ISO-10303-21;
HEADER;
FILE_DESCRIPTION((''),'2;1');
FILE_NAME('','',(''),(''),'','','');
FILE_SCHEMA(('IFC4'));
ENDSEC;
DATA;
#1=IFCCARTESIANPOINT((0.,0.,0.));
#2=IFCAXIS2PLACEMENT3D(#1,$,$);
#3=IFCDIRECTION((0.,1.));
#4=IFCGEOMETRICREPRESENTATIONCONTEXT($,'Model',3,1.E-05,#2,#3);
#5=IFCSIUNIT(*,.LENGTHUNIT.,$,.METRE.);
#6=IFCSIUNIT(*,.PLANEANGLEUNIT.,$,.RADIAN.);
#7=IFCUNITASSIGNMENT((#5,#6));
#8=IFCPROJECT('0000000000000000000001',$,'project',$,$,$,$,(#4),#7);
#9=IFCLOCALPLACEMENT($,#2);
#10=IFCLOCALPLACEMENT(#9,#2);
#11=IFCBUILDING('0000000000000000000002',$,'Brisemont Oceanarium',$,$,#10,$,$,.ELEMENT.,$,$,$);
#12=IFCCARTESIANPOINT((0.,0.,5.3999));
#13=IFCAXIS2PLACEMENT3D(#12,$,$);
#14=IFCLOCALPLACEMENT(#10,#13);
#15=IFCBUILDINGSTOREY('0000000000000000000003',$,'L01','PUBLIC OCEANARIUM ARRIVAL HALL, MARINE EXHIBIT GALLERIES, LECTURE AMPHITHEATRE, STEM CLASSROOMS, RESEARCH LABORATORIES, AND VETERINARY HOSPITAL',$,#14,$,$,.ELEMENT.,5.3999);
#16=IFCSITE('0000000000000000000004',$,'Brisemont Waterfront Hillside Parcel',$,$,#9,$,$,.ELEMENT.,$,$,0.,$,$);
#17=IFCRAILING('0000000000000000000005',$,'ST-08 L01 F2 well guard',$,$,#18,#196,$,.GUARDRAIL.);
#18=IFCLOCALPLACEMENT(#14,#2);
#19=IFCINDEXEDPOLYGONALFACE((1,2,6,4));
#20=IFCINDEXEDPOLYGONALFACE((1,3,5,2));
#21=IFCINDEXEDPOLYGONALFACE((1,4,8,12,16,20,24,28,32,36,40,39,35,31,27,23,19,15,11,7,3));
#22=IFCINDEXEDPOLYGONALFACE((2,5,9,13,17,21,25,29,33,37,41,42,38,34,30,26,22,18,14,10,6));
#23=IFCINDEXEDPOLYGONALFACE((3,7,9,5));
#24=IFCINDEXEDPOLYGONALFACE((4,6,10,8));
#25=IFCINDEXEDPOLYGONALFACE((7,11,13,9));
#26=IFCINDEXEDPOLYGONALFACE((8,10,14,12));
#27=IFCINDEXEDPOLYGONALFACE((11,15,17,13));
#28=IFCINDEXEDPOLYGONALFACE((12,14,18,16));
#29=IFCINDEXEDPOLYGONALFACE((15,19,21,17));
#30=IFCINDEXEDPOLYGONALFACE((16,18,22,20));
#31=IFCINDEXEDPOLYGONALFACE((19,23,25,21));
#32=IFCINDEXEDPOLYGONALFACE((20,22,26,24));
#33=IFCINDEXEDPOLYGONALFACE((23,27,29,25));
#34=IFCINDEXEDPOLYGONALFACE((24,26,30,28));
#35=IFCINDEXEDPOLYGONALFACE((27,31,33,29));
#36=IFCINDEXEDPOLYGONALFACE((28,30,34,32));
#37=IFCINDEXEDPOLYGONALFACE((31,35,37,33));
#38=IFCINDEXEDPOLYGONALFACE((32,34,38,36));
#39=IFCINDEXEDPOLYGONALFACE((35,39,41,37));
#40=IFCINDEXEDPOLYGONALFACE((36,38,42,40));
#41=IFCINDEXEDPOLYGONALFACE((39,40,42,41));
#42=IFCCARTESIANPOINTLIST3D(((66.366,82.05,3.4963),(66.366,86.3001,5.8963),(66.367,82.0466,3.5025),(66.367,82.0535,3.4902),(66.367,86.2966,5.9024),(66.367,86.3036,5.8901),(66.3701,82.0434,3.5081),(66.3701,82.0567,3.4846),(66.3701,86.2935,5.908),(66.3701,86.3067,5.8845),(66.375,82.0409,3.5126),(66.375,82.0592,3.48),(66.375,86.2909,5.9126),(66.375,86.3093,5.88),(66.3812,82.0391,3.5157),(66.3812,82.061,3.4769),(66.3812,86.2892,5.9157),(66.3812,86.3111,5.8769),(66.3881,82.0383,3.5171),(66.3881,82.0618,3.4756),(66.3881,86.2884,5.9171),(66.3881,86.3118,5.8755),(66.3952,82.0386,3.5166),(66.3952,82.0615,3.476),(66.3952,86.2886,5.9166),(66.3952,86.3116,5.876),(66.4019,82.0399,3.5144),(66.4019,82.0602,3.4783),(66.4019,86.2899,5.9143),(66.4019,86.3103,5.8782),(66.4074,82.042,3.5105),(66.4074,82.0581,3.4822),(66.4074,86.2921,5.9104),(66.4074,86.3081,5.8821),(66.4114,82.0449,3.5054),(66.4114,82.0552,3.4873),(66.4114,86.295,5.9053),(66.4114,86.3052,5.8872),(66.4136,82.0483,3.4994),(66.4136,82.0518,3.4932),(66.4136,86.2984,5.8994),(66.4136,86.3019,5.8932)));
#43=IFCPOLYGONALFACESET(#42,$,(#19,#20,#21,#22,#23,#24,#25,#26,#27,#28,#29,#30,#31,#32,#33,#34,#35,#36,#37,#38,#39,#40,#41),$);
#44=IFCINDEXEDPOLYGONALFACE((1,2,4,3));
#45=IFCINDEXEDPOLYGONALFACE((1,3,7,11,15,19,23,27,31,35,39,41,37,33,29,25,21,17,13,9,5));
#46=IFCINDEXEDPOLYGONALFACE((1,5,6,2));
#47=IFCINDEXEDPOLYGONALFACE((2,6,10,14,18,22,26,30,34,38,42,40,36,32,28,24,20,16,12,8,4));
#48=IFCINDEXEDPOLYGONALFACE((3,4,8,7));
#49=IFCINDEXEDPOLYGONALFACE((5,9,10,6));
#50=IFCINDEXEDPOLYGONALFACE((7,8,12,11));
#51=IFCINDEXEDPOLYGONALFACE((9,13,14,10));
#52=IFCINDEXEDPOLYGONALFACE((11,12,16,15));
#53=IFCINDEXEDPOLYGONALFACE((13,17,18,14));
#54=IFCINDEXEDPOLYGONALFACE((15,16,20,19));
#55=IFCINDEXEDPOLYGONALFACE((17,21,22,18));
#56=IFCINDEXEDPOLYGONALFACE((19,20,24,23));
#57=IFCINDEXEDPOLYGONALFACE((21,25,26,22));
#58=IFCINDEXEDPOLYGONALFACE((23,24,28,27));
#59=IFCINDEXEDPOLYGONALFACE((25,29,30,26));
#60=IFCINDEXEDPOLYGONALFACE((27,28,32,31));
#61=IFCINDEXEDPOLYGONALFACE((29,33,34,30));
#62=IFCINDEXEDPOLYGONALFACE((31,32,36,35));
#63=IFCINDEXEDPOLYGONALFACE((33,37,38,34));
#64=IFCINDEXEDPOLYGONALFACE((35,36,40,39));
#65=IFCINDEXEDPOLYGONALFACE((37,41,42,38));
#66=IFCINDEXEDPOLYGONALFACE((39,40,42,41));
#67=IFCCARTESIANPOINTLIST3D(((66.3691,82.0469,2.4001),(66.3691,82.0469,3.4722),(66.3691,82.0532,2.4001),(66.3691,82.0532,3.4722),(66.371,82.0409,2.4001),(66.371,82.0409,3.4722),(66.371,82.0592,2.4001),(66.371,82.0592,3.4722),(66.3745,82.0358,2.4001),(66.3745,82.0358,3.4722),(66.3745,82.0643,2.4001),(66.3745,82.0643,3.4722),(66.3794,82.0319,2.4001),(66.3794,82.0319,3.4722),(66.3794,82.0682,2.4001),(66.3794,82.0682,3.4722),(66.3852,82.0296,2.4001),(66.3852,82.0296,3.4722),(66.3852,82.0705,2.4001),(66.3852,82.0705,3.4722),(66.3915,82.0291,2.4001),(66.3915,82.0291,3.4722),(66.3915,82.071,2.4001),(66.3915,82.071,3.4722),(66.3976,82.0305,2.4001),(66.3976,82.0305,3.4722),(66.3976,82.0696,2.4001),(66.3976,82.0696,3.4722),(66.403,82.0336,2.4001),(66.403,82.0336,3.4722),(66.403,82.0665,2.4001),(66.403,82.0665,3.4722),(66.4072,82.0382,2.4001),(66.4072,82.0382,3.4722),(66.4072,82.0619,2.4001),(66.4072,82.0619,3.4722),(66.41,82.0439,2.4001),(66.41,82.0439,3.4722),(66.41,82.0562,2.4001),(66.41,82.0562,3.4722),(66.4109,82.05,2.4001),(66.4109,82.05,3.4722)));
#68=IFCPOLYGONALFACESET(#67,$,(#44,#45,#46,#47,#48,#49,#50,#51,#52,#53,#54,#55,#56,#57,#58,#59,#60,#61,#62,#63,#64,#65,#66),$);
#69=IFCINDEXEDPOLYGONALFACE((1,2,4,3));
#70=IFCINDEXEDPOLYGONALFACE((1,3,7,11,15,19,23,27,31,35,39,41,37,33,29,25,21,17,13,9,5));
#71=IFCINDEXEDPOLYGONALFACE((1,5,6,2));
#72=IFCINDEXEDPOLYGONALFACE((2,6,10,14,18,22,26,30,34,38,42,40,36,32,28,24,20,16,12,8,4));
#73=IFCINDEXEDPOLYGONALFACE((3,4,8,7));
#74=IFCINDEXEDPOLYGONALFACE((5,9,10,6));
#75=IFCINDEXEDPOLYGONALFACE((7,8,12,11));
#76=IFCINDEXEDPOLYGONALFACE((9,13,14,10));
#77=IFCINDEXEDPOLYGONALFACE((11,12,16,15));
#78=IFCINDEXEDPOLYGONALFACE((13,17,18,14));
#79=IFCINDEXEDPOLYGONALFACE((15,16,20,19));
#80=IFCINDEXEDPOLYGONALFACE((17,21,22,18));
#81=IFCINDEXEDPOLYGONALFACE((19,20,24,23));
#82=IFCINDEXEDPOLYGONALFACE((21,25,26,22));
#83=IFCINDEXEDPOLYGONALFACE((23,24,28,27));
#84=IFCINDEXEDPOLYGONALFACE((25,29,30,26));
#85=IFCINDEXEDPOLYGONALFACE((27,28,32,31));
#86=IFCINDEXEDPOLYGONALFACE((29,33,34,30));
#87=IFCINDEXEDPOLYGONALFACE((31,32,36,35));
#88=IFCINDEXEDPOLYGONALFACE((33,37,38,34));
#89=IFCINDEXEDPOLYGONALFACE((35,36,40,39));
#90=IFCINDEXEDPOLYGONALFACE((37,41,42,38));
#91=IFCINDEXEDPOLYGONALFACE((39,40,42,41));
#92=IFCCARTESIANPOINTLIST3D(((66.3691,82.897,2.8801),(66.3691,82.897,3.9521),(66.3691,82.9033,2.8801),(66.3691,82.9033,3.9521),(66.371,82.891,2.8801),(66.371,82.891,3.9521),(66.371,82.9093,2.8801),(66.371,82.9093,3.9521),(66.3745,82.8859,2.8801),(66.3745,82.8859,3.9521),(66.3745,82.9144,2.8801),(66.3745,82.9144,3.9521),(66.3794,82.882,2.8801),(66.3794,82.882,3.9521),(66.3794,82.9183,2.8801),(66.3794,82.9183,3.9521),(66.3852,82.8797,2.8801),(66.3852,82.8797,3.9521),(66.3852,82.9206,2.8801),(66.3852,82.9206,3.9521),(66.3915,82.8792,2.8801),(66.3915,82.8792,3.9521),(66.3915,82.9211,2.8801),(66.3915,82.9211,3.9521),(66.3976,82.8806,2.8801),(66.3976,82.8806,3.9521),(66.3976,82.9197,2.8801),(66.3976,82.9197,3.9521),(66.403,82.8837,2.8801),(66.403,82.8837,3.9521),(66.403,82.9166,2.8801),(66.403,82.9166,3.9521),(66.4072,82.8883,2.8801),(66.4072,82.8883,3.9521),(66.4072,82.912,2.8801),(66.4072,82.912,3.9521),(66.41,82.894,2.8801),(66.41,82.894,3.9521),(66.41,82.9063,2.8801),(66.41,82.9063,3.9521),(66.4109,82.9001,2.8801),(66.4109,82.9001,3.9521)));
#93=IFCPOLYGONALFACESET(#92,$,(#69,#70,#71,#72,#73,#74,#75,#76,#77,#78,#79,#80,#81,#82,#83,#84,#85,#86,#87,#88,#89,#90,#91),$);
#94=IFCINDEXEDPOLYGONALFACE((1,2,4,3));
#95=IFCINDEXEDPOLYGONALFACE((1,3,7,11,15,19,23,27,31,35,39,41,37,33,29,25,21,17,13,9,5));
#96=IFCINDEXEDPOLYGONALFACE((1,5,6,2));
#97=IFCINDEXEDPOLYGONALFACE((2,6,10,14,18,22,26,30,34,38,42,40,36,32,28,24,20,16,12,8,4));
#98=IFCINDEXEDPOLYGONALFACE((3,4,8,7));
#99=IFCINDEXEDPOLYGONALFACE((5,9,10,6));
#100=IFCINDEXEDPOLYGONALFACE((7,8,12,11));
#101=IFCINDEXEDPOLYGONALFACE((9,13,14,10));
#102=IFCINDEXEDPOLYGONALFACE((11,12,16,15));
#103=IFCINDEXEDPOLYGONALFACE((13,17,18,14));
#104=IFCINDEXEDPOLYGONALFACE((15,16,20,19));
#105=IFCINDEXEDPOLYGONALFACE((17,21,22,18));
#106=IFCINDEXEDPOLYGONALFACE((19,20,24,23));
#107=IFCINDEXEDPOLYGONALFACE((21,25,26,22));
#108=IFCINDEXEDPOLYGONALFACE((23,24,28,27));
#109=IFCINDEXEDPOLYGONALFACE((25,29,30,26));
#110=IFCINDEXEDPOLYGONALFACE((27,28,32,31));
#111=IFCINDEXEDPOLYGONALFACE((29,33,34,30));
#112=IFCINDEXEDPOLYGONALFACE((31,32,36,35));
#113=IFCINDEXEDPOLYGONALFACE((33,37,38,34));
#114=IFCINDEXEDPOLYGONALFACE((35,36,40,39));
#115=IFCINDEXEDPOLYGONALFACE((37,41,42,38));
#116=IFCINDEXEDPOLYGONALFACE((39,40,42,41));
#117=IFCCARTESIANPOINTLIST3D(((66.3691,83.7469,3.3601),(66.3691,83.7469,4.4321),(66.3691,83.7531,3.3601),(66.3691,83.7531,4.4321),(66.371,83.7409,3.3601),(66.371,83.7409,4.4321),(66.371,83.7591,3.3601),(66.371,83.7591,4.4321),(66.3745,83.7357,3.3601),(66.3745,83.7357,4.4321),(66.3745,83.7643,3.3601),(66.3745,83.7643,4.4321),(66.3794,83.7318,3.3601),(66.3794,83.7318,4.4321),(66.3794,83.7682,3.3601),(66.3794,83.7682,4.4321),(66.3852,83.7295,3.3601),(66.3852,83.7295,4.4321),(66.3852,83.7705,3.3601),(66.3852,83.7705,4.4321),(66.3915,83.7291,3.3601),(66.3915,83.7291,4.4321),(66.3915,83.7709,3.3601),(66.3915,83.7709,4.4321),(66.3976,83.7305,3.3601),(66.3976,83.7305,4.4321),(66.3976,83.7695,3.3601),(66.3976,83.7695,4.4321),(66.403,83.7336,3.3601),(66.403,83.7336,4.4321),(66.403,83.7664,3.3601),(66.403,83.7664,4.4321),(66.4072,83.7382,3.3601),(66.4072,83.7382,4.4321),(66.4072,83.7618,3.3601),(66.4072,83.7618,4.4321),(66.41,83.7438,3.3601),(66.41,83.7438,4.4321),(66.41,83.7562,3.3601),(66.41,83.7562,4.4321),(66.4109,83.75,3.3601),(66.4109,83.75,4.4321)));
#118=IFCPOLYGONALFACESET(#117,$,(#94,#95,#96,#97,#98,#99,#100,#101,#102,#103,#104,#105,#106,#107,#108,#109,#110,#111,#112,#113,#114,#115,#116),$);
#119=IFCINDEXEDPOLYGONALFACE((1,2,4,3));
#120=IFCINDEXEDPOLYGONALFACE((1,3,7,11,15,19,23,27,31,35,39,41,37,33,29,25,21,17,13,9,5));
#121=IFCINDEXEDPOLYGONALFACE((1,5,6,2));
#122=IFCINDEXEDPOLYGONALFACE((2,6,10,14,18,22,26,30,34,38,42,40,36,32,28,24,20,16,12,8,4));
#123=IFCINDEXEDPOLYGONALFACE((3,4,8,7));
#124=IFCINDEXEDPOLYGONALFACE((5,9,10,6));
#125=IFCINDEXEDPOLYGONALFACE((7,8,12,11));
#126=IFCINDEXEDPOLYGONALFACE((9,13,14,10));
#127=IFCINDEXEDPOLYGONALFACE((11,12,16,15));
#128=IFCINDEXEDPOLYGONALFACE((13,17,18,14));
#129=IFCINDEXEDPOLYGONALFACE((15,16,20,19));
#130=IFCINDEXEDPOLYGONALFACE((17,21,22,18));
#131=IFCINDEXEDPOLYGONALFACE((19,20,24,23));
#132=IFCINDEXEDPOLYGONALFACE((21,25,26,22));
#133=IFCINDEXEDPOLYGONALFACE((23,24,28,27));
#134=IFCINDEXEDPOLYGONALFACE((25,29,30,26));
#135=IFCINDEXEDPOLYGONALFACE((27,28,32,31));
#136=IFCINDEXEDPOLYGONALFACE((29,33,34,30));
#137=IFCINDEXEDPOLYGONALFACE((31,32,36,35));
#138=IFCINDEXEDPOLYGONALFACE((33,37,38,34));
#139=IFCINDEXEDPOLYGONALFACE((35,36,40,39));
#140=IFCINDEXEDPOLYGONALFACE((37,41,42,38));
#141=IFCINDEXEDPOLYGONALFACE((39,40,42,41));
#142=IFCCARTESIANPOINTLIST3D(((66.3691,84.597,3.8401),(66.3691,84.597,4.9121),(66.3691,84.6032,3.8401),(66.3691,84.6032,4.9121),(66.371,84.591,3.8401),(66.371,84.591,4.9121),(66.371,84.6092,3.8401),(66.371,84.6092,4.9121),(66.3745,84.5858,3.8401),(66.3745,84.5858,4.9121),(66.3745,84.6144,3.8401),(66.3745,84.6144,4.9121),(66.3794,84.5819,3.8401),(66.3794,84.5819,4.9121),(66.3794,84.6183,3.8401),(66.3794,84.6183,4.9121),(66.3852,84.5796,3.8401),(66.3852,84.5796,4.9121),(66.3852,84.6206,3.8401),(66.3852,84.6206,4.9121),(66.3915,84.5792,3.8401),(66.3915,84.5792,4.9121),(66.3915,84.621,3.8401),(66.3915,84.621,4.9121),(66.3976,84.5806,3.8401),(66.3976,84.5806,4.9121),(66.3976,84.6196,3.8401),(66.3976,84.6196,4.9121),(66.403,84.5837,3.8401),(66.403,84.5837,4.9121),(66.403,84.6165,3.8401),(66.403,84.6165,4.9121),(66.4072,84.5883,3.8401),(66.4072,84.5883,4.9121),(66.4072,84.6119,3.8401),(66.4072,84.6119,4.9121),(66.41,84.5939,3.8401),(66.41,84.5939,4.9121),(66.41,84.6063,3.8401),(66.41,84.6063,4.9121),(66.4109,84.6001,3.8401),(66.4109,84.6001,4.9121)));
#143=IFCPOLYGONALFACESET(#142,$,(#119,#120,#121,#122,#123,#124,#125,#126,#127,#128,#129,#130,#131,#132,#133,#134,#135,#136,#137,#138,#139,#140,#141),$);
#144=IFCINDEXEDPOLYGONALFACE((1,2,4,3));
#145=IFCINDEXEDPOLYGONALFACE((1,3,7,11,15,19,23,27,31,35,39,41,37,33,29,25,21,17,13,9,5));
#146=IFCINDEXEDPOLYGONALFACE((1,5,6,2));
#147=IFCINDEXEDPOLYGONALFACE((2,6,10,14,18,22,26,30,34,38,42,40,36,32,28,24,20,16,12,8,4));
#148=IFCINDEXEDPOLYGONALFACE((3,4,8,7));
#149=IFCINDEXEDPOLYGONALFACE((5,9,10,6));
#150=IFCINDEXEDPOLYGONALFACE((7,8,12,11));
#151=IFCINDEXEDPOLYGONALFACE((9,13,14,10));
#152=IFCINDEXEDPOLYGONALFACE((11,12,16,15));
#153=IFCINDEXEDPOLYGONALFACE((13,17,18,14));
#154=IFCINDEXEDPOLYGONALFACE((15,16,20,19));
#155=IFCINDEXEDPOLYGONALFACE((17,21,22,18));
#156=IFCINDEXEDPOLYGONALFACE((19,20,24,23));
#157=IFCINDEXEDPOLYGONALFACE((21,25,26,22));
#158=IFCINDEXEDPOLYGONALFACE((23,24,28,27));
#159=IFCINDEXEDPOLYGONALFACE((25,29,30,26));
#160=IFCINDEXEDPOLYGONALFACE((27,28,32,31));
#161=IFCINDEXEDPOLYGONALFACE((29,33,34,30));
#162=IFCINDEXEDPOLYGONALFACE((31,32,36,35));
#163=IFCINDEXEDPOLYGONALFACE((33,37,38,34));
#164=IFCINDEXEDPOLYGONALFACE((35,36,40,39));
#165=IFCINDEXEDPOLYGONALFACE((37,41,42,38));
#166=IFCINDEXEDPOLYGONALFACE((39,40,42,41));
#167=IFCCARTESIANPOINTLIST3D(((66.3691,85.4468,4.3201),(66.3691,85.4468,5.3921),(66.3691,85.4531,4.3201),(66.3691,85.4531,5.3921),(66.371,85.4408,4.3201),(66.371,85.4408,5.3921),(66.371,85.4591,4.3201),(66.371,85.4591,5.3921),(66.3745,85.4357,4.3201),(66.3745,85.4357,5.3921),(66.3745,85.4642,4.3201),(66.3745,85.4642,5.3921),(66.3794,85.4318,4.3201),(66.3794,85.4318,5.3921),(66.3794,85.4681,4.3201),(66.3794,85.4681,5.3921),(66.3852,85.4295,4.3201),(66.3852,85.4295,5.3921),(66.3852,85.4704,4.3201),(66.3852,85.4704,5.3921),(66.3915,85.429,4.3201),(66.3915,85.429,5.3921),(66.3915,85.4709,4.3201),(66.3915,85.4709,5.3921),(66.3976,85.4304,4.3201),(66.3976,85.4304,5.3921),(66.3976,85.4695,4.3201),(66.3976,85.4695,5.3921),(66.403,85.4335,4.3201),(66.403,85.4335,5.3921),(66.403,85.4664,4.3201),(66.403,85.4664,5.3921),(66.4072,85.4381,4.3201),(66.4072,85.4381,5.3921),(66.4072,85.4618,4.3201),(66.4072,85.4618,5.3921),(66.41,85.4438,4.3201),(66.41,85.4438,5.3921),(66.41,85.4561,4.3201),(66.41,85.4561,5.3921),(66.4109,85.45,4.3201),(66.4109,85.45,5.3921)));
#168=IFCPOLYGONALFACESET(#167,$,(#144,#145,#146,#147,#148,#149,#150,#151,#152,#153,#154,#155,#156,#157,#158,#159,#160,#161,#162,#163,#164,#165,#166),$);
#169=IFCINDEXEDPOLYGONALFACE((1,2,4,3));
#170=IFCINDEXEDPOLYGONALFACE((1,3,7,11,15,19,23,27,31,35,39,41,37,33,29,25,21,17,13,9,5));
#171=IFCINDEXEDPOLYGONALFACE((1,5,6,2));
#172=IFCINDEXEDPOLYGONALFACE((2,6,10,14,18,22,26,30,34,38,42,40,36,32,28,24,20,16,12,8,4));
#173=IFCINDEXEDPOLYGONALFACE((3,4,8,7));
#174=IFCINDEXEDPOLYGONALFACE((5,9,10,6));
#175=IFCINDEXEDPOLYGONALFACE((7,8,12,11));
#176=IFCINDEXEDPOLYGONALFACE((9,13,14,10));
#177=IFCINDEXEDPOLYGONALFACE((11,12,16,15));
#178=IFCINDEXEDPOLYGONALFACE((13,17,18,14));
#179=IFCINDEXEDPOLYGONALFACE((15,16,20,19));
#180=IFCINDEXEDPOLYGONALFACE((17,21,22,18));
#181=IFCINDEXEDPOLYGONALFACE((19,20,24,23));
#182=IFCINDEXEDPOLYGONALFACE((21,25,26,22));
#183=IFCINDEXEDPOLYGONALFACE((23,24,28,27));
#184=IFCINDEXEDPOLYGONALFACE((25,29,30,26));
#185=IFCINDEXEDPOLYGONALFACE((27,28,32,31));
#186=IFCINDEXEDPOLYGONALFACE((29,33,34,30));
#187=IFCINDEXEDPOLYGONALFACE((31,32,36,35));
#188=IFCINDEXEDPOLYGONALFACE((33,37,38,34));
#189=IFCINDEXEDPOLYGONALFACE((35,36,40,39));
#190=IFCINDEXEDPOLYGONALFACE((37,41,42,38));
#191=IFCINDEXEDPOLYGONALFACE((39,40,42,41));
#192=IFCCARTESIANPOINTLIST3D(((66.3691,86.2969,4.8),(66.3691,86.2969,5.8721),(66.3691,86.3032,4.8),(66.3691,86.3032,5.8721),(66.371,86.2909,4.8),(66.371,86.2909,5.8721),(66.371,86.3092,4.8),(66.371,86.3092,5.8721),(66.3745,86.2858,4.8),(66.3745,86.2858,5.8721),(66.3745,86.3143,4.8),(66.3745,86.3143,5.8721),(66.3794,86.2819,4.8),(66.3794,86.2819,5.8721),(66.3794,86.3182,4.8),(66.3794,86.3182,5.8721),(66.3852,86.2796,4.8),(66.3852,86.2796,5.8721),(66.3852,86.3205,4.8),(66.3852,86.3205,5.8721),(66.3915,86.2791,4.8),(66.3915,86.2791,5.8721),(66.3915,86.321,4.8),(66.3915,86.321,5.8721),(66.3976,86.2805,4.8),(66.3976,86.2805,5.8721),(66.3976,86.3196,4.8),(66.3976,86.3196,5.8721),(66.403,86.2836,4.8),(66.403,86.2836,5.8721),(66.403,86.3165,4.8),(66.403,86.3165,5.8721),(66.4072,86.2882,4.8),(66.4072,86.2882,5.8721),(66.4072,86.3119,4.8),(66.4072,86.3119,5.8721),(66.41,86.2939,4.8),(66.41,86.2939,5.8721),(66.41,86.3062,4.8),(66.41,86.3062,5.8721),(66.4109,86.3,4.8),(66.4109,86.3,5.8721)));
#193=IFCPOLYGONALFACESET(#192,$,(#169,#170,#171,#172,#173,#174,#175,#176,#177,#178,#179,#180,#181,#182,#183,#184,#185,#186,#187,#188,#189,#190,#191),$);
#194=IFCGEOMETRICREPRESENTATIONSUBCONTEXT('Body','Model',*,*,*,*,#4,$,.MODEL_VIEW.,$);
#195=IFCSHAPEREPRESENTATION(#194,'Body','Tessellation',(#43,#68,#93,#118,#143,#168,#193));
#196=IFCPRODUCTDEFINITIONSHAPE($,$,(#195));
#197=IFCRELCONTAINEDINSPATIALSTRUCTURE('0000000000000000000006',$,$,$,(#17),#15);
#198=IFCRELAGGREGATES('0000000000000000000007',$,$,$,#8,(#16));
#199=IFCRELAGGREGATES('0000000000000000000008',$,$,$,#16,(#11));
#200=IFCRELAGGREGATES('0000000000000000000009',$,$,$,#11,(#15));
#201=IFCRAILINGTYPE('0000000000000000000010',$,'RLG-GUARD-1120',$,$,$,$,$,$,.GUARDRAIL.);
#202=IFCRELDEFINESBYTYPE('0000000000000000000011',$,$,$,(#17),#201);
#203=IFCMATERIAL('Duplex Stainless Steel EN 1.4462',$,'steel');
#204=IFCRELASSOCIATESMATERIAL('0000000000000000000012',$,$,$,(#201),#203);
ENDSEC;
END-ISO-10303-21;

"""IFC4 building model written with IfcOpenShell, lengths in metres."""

from ifc_helpers import new_model, si_unit, direction, frame, origin, origin_2d, place, context, subcontext, project, spatial, circle, extrude, material, type_object, element, save


model = new_model("IFC4")

# Units and contexts
model_context = context("Model", 3, precision=1e-05, world=origin(), true_north=direction((0.0, 1.0)))
body_context = subcontext(model_context, "Body", "Model", "MODEL_VIEW")
ifc_project = project(units=[si_unit("LENGTHUNIT", "METRE"), si_unit("PLANEANGLEUNIT", "RADIAN")], contexts=[model_context])

# Site, building, storey
site_placement = place(None, origin())
site = spatial("IfcSite", under=ifc_project, at=site_placement, Name="Brisemont Waterfront Hillside Parcel", CompositionType="ELEMENT", RefElevation=0.0)
building_placement = place(site_placement, origin())
building = spatial("IfcBuilding", under=site, at=building_placement, Name="Brisemont Oceanarium", CompositionType="ELEMENT")
storey_placement = place(building_placement, frame((0.0, 0.0, 5.3999)))
storey = spatial("IfcBuildingStorey", under=building, at=storey_placement, Name="L01", Description="PUBLIC OCEANARIUM ARRIVAL HALL, MARINE EXHIBIT GALLERIES, LECTURE AMPHITHEATRE, STEM CLASSROOMS, RESEARCH LABORATORIES, AND VETERINARY HOSPITAL", CompositionType="ELEMENT", Elevation=5.3999)

# Railing
ifc_material_1 = material(Name="Duplex Stainless Steel EN 1.4462", Category="steel")
railing_type_1 = type_object("IfcRailingType", Name="RLG-GUARD-1120", PredefinedType="GUARDRAIL", material=ifc_material_1)
railing_1_placement = place(storey_placement, frame((66.3899, 82.05, 2.4001)))
element("IfcRailing", 1, at=railing_1_placement, inside=storey, type_object=railing_type_1, Name="ST-08 L01 F2 well guard", PredefinedType="GUARDRAIL", context=body_context, shape_type="SweptSolid", body=[
    extrude(circle(Radius=0.0239, at=origin_2d()), frame((0.0, 0.0, 1.0962), z_axis=(0.0, 0.870762, 0.491704), x_axis=(-1.0, 0.0, 0.0)), (0.0, 0.0, 1.0), 4.8809),
    extrude(circle(Radius=0.021, at=origin_2d()), origin(), (0.0, 0.0, 1.0), 1.072),
    extrude(circle(Radius=0.021, at=origin_2d()), frame((0.0, 0.8501, 0.48)), (0.0, 0.0, 1.0), 1.072),
    extrude(circle(Radius=0.021, at=origin_2d()), frame((0.0, 1.7, 0.96)), (0.0, 0.0, 1.0), 1.072),
    extrude(circle(Radius=0.021, at=origin_2d()), frame((0.0, 2.55, 1.4399)), (0.0, 0.0, 1.0), 1.072),
    extrude(circle(Radius=0.021, at=origin_2d()), frame((0.0, 3.3999, 1.9199)), (0.0, 0.0, 1.0), 1.072),
    extrude(circle(Radius=0.021, at=origin_2d()), frame((0.0, 4.25, 2.3999)), (0.0, 0.0, 1.0), 1.072),
])

save(model, "model.ifc")
